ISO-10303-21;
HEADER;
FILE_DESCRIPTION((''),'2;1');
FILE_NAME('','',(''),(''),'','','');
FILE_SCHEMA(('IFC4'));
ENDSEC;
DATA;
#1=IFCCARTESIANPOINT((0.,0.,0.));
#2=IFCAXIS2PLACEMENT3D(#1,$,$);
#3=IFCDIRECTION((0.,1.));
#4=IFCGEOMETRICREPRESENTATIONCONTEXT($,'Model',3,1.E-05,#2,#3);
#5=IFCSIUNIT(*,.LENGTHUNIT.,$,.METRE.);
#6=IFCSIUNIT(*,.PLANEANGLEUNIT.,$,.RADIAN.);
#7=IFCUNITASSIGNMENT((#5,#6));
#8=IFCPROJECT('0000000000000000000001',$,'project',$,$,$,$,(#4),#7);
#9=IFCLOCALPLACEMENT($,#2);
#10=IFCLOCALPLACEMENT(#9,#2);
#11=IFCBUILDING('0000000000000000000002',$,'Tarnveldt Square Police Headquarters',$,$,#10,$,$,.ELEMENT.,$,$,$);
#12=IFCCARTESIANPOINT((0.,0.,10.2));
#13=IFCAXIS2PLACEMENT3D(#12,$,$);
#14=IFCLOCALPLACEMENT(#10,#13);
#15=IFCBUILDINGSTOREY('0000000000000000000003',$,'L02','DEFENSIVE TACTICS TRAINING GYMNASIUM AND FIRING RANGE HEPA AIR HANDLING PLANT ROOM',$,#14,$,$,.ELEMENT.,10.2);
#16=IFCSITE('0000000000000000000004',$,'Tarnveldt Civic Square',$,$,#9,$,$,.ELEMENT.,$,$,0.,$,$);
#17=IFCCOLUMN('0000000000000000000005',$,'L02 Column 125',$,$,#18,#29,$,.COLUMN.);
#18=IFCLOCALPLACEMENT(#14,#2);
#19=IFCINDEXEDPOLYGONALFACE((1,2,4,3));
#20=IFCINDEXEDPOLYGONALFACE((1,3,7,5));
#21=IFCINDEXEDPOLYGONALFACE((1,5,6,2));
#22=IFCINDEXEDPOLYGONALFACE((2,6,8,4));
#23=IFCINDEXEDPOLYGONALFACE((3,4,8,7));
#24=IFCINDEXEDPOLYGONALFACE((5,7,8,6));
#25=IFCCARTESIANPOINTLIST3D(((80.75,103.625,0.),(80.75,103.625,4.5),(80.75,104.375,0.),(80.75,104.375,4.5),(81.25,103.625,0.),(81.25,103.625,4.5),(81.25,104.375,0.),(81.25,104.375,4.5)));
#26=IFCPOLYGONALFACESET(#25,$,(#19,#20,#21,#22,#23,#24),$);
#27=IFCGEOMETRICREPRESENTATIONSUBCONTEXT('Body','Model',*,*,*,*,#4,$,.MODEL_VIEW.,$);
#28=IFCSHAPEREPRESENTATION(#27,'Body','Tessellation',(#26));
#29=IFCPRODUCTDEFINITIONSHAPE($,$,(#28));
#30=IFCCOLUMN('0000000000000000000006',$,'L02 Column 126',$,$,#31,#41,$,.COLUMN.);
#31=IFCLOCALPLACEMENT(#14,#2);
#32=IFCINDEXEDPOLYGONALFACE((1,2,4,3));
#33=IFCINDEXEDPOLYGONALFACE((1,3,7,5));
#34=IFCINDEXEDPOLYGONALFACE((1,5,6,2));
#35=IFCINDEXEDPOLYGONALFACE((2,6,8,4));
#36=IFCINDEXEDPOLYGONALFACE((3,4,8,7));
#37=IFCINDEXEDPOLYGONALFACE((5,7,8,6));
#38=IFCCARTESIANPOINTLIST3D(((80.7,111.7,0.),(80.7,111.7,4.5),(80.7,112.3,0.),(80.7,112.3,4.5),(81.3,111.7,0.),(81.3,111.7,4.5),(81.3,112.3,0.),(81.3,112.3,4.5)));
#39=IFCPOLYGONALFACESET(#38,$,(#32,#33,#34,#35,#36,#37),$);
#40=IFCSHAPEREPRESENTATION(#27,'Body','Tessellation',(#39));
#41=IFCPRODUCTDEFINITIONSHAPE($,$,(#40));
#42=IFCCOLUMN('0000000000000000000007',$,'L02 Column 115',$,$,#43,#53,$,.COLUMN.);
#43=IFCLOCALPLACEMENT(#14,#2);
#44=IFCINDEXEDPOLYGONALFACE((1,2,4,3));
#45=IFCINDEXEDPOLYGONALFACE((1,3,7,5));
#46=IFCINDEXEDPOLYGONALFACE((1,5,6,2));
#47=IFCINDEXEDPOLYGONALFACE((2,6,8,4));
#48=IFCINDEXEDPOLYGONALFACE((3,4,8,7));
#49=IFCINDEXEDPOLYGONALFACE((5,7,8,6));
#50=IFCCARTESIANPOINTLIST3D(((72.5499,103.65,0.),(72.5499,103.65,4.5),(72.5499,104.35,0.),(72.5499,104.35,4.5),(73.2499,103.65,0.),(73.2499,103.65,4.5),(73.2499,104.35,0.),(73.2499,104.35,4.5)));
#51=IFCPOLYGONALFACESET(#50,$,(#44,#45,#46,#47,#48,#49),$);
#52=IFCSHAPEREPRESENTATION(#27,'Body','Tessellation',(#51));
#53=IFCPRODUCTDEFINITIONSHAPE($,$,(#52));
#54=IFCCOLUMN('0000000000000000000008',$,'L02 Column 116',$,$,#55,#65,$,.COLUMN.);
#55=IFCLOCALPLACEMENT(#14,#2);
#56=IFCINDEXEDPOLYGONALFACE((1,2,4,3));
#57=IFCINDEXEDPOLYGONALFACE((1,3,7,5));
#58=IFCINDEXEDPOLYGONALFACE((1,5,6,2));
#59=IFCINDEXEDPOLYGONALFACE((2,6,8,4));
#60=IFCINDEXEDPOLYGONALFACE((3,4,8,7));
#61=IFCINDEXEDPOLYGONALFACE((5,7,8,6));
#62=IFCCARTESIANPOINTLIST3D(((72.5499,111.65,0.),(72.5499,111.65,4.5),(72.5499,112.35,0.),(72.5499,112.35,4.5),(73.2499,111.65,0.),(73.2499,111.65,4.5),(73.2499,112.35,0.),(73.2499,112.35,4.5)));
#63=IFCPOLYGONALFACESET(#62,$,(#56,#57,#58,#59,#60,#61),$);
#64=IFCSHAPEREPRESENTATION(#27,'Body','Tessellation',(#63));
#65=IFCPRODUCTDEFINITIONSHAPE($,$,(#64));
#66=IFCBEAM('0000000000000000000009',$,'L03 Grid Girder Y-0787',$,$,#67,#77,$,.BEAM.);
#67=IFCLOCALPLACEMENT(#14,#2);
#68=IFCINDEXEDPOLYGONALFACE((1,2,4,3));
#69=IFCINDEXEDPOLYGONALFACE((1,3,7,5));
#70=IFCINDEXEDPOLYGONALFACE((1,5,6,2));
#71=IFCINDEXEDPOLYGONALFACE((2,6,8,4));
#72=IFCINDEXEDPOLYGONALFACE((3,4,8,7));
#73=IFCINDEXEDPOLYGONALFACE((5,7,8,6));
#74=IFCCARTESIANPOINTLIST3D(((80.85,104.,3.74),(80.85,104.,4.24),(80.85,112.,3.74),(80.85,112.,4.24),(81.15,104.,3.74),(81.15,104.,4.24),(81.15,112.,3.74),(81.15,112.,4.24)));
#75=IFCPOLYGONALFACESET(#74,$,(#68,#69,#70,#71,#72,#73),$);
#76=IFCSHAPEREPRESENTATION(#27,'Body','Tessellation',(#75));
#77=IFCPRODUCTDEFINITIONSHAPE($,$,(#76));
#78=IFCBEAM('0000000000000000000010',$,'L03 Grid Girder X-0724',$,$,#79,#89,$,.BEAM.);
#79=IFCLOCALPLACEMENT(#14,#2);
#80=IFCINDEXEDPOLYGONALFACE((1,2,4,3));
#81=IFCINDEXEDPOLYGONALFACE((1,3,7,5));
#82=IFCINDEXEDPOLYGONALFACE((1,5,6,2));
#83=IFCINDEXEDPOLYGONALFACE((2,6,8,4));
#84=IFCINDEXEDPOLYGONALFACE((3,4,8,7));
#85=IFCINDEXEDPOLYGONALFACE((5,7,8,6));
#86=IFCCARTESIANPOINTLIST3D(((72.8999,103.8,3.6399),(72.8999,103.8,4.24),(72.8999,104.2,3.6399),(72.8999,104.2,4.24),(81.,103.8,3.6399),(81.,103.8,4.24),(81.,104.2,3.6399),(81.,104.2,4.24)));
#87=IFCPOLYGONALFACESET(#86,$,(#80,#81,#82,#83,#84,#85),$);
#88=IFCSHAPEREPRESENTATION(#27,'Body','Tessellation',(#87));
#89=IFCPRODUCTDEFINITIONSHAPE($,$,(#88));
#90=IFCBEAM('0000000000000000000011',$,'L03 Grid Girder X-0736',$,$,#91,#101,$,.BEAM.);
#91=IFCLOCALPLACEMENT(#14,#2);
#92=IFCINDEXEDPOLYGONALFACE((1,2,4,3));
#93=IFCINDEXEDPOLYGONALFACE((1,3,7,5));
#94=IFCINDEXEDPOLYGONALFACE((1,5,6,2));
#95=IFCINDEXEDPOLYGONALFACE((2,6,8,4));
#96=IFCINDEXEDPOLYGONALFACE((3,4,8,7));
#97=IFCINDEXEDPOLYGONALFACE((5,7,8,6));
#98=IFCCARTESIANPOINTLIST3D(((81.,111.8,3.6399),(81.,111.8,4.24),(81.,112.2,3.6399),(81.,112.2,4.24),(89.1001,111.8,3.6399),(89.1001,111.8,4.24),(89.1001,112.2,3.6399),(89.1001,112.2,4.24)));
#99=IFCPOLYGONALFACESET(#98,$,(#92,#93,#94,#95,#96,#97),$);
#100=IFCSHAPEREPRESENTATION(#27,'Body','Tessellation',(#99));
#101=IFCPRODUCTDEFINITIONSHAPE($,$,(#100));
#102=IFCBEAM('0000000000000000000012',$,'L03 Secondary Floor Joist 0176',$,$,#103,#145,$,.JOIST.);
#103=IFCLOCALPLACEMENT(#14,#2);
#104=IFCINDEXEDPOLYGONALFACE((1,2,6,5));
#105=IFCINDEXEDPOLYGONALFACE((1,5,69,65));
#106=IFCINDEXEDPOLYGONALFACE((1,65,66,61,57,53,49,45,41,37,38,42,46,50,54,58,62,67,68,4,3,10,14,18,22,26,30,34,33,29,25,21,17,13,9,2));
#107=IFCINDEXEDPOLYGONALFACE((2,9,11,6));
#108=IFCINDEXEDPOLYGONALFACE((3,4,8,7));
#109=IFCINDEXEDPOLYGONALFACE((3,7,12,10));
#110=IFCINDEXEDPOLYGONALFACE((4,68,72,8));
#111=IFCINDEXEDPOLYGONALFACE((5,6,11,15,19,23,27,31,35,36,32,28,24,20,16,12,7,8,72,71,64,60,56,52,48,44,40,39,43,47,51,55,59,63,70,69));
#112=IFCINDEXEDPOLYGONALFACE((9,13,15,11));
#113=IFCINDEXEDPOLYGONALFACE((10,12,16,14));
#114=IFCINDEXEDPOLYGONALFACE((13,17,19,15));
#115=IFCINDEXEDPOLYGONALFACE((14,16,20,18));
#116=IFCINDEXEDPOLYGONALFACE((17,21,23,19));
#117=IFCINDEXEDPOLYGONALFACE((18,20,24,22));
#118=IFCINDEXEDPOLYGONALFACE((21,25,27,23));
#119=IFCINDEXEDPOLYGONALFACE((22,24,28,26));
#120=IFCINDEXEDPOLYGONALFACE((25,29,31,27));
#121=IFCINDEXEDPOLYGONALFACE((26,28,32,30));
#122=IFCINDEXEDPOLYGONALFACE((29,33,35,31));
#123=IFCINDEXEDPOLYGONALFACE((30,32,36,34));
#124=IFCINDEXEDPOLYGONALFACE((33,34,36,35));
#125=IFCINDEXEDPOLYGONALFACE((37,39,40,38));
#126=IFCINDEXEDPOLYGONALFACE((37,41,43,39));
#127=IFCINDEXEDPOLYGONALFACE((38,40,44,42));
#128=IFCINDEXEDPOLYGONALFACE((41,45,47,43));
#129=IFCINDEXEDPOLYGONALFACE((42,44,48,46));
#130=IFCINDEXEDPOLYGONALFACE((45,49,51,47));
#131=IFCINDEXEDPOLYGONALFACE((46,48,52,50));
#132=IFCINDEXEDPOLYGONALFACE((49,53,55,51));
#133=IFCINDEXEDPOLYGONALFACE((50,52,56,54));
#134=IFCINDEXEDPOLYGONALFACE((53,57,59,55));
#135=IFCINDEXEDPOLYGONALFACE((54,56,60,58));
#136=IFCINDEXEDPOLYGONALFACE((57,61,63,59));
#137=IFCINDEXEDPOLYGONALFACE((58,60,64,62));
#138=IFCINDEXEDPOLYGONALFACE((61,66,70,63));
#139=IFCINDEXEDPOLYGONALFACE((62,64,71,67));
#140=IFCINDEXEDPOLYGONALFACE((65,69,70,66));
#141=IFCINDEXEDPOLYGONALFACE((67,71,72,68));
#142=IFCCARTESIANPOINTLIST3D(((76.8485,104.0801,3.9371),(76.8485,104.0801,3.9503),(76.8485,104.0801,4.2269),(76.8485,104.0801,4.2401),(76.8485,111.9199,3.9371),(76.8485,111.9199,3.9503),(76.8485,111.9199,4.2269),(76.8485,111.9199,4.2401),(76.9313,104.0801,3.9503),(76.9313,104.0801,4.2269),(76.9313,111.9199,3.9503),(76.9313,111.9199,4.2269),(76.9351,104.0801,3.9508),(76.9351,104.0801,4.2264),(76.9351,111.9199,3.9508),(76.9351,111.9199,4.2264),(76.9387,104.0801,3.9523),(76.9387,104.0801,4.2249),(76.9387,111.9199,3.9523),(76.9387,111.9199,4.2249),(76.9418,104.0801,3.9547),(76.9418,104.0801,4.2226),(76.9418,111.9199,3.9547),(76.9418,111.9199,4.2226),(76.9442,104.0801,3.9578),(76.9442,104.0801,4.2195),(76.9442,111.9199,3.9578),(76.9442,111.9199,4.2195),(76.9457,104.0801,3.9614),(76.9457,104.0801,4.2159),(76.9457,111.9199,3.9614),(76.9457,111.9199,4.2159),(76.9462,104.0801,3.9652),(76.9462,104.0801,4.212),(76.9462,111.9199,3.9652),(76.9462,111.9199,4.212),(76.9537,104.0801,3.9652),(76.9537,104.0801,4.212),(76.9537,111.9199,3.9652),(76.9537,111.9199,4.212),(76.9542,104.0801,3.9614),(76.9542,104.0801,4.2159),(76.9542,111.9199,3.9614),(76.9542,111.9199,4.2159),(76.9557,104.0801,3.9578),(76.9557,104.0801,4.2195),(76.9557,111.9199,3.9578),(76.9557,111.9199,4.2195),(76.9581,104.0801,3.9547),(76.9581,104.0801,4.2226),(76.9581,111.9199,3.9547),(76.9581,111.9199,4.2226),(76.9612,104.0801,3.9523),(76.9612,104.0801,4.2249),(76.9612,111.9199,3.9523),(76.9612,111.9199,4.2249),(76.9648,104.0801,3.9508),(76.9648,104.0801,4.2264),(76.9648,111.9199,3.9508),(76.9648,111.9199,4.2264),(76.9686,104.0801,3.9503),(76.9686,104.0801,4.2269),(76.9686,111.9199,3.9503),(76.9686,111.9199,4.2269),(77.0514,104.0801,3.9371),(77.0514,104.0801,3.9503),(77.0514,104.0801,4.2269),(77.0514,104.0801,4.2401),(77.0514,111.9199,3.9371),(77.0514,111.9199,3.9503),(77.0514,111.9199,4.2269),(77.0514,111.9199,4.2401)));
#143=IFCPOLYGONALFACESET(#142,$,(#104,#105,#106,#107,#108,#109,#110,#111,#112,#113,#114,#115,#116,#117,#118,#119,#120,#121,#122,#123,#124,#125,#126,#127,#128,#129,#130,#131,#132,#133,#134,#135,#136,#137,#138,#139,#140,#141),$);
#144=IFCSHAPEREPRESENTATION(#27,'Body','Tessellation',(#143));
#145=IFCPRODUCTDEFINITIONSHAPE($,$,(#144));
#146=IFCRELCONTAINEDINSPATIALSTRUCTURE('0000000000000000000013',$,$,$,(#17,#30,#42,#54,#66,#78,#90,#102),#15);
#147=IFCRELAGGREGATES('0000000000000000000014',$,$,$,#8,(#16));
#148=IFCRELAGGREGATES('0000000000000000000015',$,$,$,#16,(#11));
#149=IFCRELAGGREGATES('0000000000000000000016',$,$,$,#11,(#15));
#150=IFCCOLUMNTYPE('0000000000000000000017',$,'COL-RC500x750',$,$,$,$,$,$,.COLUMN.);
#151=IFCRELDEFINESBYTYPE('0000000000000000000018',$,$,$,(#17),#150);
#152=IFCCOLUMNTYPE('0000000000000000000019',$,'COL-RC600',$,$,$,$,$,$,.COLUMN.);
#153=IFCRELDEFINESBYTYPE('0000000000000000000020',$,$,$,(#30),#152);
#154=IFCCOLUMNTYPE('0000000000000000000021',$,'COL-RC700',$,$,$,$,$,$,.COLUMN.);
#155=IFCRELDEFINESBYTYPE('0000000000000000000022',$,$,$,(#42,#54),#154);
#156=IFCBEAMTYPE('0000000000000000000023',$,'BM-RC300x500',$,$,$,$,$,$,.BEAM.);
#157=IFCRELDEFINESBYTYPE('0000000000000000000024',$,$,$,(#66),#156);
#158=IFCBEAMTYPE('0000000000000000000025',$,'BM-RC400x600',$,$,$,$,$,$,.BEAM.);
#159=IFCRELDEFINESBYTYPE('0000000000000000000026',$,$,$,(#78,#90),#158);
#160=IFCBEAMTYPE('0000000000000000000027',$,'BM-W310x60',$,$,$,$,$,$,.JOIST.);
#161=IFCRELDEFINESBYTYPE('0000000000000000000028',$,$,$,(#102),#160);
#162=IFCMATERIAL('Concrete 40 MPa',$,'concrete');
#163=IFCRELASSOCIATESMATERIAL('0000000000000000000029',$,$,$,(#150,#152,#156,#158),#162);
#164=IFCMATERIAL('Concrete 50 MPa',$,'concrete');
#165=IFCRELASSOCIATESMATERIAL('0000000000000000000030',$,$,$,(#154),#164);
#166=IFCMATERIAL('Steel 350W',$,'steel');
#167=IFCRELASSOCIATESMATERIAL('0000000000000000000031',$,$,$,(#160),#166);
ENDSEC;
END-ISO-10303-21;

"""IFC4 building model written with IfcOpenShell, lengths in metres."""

from ifc_helpers import new_model, si_unit, direction, frame, origin, origin_2d, place, context, subcontext, project, spatial, rectangle, i_section, extrude, material, material_profile, profile_set, type_object, element, save


model = new_model("IFC4")

# Units and contexts
model_context = context("Model", 3, precision=1e-05, world=origin(), true_north=direction((0.0, 1.0)))
body_context = subcontext(model_context, "Body", "Model", "MODEL_VIEW")
ifc_project = project(units=[si_unit("LENGTHUNIT", "METRE"), si_unit("PLANEANGLEUNIT", "RADIAN")], contexts=[model_context])

# Site, building, storey
site_placement = place(None, origin())
site = spatial("IfcSite", under=ifc_project, at=site_placement, Name="Tarnveldt Civic Square", CompositionType="ELEMENT", RefElevation=0.0)
building_placement = place(site_placement, origin())
building = spatial("IfcBuilding", under=site, at=building_placement, Name="Tarnveldt Square Police Headquarters", CompositionType="ELEMENT")
storey_placement = place(building_placement, frame((0.0, 0.0, 10.2)))
storey = spatial("IfcBuildingStorey", under=building, at=storey_placement, Name="L02", Description="DEFENSIVE TACTICS TRAINING GYMNASIUM AND FIRING RANGE HEPA AIR HANDLING PLANT ROOM", CompositionType="ELEMENT", Elevation=10.2)

# Columns
ifc_material_1 = material(Name="Concrete 40 MPa", Category="concrete")
ifc_material_profile_1 = material_profile(ifc_material_1, rectangle(XDim=0.5, YDim=0.75, at=origin_2d()), Name="RC-C500x750")
ifc_profile_set_1 = profile_set([ifc_material_profile_1], Name="Concrete 40 MPa")
column_type_1 = type_object("IfcColumnType", Name="COL-RC500x750", PredefinedType="COLUMN", material=ifc_profile_set_1)
column_1_placement = place(storey_placement, frame((81.0, 104.0, 0.0), z_axis=(0.0, 0.0, 1.0), x_axis=(1.0, 0.0, 0.0)))
element("IfcColumn", 1, at=column_1_placement, inside=storey, type_object=column_type_1, Name="L02 Column 125", PredefinedType="COLUMN", context=body_context, shape_type="SweptSolid", body=[
    extrude(rectangle(XDim=0.5, YDim=0.75, at=origin_2d()), origin(), (0.0, 0.0, 1.0), 4.5),
])
ifc_material_profile_2 = material_profile(ifc_material_1, rectangle(XDim=0.6001, YDim=0.6001, at=origin_2d()), Name="RC-C600x600")
ifc_profile_set_2 = profile_set([ifc_material_profile_2], Name="Concrete 40 MPa")
column_type_2 = type_object("IfcColumnType", Name="COL-RC600", PredefinedType="COLUMN", material=ifc_profile_set_2)
column_2_placement = place(storey_placement, frame((81.0, 112.0, 0.0), z_axis=(0.0, 0.0, 1.0), x_axis=(1.0, 0.0, 0.0)))
element("IfcColumn", 2, at=column_2_placement, inside=storey, type_object=column_type_2, Name="L02 Column 126", PredefinedType="COLUMN", context=body_context, shape_type="SweptSolid", body=[
    extrude(rectangle(XDim=0.6001, YDim=0.6001, at=origin_2d()), origin(), (0.0, 0.0, 1.0), 4.5),
])
ifc_material_2 = material(Name="Concrete 50 MPa", Category="concrete")
ifc_material_profile_3 = material_profile(ifc_material_2, rectangle(XDim=0.7, YDim=0.7, at=origin_2d()), Name="RC-C700x700")
ifc_profile_set_3 = profile_set([ifc_material_profile_3], Name="Concrete 50 MPa")
column_type_3 = type_object("IfcColumnType", Name="COL-RC700", PredefinedType="COLUMN", material=ifc_profile_set_3)
for number, where, z_axis, x_axis, name in (
    (3, (72.8999, 104.0, 0.0), (0.0, 0.0, 1.0), (1.0, 0.0, 0.0), "L02 Column 115"),
    (4, (72.8999, 112.0, 0.0), (0.0, 0.0, 1.0), (1.0, 0.0, 0.0), "L02 Column 116"),
):
    element("IfcColumn", number, at=place(storey_placement, frame(where, z_axis=z_axis, x_axis=x_axis)), inside=storey, type_object=column_type_3, Name=name, PredefinedType="COLUMN", context=body_context, shape_type="SweptSolid", body=[
        extrude(rectangle(XDim=0.7, YDim=0.7, at=origin_2d()), origin(), (0.0, 0.0, 1.0), 4.5),
    ])

# Beams
ifc_material_profile_4 = material_profile(ifc_material_1, rectangle(XDim=0.3, YDim=0.5, at=origin_2d()), Name="RC-B300x500")
ifc_profile_set_4 = profile_set([ifc_material_profile_4], Name="Concrete 40 MPa")
beam_type_1 = type_object("IfcBeamType", Name="BM-RC300x500", PredefinedType="BEAM", material=ifc_profile_set_4)
beam_1_placement = place(storey_placement, frame((81.0, 104.0, 3.99), z_axis=(0.0, 1.0, 0.0), x_axis=(-1.0, 0.0, 0.0)))
element("IfcBeam", 5, at=beam_1_placement, inside=storey, type_object=beam_type_1, Name="L03 Grid Girder Y-0787", PredefinedType="BEAM", context=body_context, shape_type="SweptSolid", body=[
    extrude(rectangle(XDim=0.3, YDim=0.5, at=origin_2d()), origin(), (0.0, 0.0, 1.0), 8.0),
])
ifc_material_profile_5 = material_profile(ifc_material_1, rectangle(XDim=0.3999, YDim=0.6001, at=origin_2d()), Name="RC-B400x600")
ifc_profile_set_5 = profile_set([ifc_material_profile_5], Name="Concrete 40 MPa")
beam_type_2 = type_object("IfcBeamType", Name="BM-RC400x600", PredefinedType="BEAM", material=ifc_profile_set_5)
for number, where, z_axis, x_axis, name in (
    (6, (72.8999, 104.0, 3.9399), (1.0, 0.0, 0.0), (0.0, 1.0, 0.0), "L03 Grid Girder X-0724"),
    (7, (81.0, 112.0, 3.9399), (1.0, 0.0, 0.0), (0.0, 1.0, 0.0), "L03 Grid Girder X-0736"),
):
    element("IfcBeam", number, at=place(storey_placement, frame(where, z_axis=z_axis, x_axis=x_axis)), inside=storey, type_object=beam_type_2, Name=name, PredefinedType="BEAM", context=body_context, shape_type="SweptSolid", body=[
        extrude(rectangle(XDim=0.3999, YDim=0.6001, at=origin_2d()), origin(), (0.0, 0.0, 1.0), 8.1001),
    ])
ifc_material_3 = material(Name="Steel 350W", Category="steel")
ifc_material_profile_6 = material_profile(ifc_material_3, i_section(OverallWidth=0.2029, OverallDepth=0.303, WebThickness=0.0076, FlangeThickness=0.0132, FilletRadius=0.0149, at=origin_2d()), Name="W310x60")
ifc_profile_set_6 = profile_set([ifc_material_profile_6], Name="Steel 350W")
beam_type_3 = type_object("IfcBeamType", Name="BM-W310x60", PredefinedType="JOIST", material=ifc_profile_set_6)
beam_2_placement = place(storey_placement, frame((76.95, 104.0801, 4.0886), z_axis=(0.0, 1.0, 0.0), x_axis=(-1.0, 0.0, 0.0)))
element("IfcBeam", 8, at=beam_2_placement, inside=storey, type_object=beam_type_3, Name="L03 Secondary Floor Joist 0176", PredefinedType="JOIST", context=body_context, shape_type="SweptSolid", body=[
    extrude(i_section(OverallWidth=0.2029, OverallDepth=0.303, WebThickness=0.0076, FlangeThickness=0.0132, FilletRadius=0.0149, at=origin_2d()), origin(), (0.0, 0.0, 1.0), 7.8398),
])

save(model, "model.ifc")
